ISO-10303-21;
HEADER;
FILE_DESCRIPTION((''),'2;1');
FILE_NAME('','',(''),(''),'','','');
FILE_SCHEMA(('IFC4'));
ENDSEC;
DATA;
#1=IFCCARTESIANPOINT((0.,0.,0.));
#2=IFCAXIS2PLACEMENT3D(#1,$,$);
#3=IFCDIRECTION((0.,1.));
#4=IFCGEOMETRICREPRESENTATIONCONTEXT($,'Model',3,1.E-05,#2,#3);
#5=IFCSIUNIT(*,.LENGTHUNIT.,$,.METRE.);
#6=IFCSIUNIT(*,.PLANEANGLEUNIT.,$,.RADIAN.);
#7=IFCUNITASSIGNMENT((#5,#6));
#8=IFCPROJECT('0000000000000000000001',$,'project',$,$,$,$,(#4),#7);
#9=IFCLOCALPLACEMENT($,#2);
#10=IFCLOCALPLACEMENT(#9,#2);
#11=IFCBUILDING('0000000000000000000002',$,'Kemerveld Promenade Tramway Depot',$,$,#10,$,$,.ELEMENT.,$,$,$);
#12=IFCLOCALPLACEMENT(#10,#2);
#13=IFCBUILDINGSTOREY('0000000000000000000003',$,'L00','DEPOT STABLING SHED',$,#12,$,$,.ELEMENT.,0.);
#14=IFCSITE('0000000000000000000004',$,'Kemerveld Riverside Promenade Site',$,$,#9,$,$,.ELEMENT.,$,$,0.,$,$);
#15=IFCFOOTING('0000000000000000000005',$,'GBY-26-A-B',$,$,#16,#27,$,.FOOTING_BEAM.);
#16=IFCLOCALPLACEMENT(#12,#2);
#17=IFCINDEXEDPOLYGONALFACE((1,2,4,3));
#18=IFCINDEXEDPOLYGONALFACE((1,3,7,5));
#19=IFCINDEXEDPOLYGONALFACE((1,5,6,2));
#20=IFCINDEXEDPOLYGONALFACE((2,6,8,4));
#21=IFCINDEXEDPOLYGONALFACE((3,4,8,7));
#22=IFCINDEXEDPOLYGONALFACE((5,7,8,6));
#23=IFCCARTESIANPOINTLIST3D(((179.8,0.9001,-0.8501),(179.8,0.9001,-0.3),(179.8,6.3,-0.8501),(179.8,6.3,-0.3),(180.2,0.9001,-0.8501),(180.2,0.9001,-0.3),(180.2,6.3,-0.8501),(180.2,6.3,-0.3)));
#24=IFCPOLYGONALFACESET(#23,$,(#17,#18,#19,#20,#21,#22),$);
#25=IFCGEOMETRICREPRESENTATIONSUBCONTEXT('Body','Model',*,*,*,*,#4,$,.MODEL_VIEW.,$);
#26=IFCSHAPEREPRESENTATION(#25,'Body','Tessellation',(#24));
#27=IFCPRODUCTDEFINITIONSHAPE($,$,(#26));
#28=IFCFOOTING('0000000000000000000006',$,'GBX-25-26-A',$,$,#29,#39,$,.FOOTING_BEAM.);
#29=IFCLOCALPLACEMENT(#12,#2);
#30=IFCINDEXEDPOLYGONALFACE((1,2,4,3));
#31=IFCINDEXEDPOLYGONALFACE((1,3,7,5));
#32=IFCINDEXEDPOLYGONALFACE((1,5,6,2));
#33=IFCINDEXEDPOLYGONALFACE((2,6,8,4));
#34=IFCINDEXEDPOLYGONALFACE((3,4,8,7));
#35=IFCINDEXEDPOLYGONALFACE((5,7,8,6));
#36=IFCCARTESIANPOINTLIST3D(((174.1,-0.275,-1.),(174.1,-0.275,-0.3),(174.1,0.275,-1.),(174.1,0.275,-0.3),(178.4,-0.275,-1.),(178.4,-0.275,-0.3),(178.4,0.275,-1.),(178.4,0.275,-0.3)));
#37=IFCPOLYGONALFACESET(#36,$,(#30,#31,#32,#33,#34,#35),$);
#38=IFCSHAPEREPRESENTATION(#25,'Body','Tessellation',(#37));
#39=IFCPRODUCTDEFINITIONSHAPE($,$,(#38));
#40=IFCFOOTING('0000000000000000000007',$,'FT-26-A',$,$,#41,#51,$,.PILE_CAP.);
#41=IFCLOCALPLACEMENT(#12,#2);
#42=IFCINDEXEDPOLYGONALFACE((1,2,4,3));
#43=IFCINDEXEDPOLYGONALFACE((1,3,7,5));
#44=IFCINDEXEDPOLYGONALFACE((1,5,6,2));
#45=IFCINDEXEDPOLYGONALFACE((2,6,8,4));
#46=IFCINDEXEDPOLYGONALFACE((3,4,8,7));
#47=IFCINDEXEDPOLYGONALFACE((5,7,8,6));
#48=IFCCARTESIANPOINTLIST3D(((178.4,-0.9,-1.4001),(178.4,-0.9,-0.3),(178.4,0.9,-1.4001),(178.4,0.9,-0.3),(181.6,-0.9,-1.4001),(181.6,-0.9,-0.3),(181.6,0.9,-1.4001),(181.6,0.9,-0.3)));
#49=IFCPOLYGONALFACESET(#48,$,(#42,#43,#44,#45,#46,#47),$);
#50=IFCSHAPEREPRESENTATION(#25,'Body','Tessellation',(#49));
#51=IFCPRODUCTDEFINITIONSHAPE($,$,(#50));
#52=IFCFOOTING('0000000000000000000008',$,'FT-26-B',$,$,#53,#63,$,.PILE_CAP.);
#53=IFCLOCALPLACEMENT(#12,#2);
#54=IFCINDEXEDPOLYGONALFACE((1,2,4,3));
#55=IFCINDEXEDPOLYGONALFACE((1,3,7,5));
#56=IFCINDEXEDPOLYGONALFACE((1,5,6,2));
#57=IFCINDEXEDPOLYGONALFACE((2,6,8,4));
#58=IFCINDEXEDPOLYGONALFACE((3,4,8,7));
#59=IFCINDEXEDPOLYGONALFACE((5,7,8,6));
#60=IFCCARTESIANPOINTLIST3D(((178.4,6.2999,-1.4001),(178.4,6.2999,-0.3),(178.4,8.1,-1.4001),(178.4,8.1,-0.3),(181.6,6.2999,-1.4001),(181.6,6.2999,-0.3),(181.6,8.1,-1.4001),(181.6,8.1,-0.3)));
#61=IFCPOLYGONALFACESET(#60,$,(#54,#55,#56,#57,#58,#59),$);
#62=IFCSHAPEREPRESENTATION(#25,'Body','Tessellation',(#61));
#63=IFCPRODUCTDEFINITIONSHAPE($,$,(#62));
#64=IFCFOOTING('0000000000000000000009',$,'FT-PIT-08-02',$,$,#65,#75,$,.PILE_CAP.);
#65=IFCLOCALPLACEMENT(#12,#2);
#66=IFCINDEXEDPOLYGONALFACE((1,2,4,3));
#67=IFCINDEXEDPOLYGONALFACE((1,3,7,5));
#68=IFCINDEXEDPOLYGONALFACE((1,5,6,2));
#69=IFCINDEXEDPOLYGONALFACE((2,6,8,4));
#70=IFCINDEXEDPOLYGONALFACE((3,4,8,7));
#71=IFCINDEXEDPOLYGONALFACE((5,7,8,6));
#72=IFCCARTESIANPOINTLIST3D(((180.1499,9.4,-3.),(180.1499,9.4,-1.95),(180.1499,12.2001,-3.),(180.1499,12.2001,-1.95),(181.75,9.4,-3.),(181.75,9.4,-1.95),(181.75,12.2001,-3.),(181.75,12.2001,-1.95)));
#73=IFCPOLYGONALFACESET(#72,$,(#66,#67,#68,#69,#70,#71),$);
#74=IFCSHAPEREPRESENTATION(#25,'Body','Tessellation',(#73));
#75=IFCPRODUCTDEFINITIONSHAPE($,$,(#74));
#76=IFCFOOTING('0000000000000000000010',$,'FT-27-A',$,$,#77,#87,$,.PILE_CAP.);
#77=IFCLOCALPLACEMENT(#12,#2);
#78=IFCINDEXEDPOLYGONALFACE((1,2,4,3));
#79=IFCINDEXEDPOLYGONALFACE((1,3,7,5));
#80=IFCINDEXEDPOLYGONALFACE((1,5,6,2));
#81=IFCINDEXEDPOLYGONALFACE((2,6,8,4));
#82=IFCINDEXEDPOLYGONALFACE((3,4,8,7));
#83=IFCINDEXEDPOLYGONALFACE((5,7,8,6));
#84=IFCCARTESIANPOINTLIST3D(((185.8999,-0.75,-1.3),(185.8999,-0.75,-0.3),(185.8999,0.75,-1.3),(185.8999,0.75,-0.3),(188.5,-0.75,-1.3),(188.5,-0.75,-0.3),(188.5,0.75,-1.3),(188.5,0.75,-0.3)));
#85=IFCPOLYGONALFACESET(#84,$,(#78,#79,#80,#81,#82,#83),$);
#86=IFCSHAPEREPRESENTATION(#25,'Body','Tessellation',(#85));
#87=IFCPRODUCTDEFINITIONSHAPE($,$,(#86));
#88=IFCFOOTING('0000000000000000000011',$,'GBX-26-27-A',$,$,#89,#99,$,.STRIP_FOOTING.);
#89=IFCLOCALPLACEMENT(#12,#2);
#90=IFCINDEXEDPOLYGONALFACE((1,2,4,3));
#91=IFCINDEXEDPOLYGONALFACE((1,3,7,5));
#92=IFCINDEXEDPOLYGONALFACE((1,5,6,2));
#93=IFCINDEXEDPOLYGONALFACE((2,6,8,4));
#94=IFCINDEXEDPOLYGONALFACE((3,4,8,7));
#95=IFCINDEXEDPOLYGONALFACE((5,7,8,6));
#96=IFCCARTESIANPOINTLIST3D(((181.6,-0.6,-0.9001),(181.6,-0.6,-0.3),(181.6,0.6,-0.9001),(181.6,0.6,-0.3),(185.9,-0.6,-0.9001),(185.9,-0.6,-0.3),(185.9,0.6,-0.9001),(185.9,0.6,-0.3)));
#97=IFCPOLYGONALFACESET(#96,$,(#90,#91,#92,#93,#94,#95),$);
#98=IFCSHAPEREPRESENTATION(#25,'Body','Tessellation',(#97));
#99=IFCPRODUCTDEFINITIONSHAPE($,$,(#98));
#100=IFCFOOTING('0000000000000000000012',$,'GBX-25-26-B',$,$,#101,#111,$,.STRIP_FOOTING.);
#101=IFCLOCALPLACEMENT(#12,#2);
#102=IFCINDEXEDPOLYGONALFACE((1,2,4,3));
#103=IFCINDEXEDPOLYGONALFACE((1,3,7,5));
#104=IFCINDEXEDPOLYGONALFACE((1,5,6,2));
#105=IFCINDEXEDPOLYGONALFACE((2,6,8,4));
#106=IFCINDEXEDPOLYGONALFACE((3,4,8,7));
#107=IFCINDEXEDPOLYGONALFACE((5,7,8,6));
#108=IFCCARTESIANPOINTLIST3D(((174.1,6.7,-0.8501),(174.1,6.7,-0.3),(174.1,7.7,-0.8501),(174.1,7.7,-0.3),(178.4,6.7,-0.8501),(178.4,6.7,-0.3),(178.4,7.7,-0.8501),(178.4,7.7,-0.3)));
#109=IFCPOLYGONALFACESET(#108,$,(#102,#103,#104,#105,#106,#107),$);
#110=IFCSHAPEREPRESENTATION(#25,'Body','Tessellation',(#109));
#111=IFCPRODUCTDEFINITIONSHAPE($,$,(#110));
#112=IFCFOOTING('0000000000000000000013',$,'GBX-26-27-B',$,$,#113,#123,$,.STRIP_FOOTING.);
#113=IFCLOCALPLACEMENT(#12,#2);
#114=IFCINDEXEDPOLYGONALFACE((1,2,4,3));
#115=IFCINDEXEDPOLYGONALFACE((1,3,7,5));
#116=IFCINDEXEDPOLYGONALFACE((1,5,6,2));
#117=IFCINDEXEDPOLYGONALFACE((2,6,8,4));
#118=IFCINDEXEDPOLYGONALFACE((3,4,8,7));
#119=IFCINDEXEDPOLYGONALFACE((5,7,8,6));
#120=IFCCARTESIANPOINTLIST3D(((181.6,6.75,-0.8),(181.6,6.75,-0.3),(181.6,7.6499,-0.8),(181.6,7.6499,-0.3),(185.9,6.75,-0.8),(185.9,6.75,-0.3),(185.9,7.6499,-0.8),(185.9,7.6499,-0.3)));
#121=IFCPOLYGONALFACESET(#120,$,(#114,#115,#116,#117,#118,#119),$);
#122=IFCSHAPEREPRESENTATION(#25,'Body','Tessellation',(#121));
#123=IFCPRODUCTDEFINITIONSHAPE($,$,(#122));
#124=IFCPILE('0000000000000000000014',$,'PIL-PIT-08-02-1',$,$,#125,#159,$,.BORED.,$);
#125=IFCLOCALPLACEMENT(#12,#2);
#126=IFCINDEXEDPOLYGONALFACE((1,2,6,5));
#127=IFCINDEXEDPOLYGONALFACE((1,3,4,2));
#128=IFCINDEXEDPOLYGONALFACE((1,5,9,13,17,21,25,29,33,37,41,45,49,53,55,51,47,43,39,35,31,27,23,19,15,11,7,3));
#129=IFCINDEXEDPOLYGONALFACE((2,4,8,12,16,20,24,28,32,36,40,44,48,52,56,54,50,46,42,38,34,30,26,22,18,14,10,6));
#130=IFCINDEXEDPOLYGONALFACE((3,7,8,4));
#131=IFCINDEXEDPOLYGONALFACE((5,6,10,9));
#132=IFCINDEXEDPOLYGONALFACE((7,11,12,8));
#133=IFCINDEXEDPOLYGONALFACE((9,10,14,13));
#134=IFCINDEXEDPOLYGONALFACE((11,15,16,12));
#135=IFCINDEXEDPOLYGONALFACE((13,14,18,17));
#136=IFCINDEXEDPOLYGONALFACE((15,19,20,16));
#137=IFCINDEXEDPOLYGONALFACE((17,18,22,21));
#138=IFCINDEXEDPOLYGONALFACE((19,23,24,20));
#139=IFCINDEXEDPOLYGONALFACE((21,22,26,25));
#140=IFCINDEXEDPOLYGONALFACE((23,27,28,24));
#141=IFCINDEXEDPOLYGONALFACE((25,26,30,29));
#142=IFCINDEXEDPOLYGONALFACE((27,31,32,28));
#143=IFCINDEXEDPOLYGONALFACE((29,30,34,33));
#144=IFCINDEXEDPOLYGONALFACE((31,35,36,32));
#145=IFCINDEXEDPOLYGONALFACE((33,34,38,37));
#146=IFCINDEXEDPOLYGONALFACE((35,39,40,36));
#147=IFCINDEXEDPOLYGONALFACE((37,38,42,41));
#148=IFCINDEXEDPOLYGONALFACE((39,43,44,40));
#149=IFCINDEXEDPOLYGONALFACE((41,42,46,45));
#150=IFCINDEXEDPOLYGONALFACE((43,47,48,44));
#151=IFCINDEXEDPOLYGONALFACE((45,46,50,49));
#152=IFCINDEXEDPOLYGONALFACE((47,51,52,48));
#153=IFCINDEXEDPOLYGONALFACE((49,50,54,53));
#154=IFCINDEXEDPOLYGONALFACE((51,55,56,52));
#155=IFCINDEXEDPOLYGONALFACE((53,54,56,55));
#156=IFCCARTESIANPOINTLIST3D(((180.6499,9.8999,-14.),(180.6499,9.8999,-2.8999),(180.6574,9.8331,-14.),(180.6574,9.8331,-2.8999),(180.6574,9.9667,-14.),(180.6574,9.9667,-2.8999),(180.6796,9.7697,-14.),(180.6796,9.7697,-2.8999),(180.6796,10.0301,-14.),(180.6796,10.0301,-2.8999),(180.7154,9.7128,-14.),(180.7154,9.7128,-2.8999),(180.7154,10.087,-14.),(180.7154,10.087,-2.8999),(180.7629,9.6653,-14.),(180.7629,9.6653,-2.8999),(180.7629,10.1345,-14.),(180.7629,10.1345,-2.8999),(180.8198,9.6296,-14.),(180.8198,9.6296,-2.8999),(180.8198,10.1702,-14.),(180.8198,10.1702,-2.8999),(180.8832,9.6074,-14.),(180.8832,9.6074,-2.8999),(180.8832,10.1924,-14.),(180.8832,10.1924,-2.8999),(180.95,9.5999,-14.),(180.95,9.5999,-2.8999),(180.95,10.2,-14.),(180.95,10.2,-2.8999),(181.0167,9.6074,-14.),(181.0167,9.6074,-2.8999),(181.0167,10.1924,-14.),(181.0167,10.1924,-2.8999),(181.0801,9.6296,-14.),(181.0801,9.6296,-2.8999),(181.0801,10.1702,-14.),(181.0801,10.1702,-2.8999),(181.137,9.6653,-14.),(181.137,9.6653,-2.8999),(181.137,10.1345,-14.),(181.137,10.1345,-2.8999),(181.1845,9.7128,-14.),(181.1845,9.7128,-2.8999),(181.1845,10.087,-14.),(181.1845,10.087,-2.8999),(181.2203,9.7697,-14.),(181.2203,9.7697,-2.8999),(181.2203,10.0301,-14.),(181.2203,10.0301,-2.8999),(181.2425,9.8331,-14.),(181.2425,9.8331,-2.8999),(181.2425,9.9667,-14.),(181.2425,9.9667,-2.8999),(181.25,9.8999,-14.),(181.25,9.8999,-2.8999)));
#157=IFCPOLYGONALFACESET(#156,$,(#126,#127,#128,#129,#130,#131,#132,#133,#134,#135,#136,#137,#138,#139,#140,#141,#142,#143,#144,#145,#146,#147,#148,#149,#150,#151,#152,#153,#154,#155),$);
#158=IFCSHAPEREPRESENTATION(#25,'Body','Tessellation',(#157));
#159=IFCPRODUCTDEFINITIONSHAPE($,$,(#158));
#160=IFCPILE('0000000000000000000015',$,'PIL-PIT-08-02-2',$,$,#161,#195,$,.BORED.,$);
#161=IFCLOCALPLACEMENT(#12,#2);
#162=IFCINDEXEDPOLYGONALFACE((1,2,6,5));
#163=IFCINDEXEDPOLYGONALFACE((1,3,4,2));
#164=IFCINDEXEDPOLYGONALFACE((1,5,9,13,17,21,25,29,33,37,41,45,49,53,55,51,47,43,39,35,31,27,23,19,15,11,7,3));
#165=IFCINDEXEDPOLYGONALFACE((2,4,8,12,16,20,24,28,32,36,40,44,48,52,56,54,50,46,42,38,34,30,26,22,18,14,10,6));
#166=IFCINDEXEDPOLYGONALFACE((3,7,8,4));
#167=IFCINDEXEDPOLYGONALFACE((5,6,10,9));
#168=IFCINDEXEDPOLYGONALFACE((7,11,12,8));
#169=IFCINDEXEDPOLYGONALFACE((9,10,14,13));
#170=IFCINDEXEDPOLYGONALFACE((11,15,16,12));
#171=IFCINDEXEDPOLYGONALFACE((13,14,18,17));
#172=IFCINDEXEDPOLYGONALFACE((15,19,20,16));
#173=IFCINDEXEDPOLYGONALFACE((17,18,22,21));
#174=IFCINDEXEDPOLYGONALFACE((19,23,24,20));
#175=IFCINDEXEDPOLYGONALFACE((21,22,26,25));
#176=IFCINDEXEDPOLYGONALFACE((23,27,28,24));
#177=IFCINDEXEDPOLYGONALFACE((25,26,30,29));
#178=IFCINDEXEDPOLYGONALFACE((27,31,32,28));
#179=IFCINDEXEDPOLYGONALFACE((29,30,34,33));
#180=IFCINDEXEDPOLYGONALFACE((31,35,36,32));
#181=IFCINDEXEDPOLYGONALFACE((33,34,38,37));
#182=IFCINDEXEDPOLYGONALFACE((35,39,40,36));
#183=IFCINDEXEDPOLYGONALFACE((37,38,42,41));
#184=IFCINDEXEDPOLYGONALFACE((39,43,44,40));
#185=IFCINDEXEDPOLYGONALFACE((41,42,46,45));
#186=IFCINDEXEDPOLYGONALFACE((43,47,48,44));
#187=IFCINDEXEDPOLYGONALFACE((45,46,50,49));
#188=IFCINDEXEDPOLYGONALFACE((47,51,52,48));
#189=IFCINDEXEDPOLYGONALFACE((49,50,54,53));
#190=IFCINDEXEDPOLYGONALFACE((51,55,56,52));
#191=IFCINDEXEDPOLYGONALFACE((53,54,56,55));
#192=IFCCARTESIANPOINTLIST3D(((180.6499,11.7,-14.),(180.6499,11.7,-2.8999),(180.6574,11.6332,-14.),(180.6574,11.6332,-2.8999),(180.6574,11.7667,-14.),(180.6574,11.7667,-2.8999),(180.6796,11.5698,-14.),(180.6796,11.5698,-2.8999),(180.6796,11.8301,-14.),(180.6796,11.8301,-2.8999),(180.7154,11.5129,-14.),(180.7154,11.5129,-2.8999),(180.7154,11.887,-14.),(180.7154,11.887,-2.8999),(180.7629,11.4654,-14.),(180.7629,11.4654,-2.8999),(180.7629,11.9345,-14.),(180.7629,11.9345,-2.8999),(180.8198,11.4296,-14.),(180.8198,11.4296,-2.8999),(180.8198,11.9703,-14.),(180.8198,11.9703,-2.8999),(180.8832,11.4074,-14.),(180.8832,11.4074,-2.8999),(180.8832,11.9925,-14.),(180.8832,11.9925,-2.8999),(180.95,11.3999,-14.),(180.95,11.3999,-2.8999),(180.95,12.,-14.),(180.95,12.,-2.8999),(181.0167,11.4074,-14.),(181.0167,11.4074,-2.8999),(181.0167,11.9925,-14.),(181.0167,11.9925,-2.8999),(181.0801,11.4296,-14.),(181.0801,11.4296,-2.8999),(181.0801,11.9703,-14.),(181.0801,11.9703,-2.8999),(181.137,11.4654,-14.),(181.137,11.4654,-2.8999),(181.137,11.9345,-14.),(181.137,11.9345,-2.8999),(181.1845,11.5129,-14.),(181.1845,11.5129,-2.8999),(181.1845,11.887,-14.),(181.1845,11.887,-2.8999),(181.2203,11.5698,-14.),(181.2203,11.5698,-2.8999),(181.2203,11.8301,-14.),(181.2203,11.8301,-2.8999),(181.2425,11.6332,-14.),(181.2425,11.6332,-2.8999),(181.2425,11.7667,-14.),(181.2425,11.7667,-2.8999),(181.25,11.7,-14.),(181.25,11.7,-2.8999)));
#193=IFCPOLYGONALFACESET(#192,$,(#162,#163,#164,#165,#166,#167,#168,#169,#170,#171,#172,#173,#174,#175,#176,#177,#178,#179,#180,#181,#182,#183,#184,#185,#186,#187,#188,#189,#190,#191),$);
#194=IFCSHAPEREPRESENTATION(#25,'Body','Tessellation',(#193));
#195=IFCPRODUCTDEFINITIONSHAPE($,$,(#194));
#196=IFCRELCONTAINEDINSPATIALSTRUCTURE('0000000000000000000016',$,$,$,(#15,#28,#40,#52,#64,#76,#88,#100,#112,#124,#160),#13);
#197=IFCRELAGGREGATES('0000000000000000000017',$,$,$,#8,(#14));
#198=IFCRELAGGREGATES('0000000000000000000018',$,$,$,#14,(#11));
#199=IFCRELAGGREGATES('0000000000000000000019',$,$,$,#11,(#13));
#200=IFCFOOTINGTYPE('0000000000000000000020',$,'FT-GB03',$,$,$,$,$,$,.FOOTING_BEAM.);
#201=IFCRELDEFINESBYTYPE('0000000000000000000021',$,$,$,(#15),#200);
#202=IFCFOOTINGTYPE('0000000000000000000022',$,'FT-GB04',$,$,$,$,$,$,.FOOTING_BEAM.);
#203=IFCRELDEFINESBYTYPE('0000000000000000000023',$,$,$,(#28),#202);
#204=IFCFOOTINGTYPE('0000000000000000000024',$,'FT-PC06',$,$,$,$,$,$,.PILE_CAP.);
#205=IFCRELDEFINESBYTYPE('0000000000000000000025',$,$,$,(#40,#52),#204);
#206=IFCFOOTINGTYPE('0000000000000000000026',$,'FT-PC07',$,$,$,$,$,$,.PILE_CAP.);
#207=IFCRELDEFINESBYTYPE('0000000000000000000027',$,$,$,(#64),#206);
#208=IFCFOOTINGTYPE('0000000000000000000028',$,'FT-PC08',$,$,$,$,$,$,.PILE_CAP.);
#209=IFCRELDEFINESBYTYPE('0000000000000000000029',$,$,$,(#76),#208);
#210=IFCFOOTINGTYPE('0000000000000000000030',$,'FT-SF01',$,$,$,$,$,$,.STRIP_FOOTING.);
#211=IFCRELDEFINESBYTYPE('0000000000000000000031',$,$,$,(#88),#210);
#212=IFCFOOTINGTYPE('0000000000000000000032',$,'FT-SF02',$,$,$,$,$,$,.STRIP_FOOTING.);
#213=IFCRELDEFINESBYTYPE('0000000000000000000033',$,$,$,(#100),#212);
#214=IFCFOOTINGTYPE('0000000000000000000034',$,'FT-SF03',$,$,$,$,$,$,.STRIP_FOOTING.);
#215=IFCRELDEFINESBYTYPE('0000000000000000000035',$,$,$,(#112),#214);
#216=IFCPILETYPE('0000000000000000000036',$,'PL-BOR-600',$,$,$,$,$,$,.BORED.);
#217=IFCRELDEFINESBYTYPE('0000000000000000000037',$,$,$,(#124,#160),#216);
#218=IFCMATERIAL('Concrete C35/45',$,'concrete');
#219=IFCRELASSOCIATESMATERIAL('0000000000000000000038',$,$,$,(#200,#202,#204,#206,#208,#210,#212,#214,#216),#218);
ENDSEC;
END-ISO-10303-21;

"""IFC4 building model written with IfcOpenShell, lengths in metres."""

from ifc_helpers import new_model, si_unit, direction, frame, origin, origin_2d, place, context, subcontext, project, spatial, rectangle, circle, extrude, material, material_profile, profile_set, type_object, element, save


model = new_model("IFC4")

# Units and contexts
model_context = context("Model", 3, precision=1e-05, world=origin(), true_north=direction((0.0, 1.0)))
body_context = subcontext(model_context, "Body", "Model", "MODEL_VIEW")
ifc_project = project(units=[si_unit("LENGTHUNIT", "METRE"), si_unit("PLANEANGLEUNIT", "RADIAN")], contexts=[model_context])

# Site, building, storey
site_placement = place(None, origin())
site = spatial("IfcSite", under=ifc_project, at=site_placement, Name="Kemerveld Riverside Promenade Site", CompositionType="ELEMENT", RefElevation=0.0)
building_placement = place(site_placement, origin())
building = spatial("IfcBuilding", under=site, at=building_placement, Name="Kemerveld Promenade Tramway Depot", CompositionType="ELEMENT")
storey_placement = place(building_placement, origin())
storey = spatial("IfcBuildingStorey", under=building, at=storey_placement, Name="L00", Description="DEPOT STABLING SHED", CompositionType="ELEMENT", Elevation=0.0)

# Footings
ifc_material_1 = material(Name="Concrete C35/45", Category="concrete")
footing_type_1 = type_object("IfcFootingType", Name="FT-GB03", PredefinedType="FOOTING_BEAM", material=ifc_material_1)
footing_1_placement = place(storey_placement, frame((180.0, 3.6001, -0.8501), z_axis=(0.0, 0.0, 1.0), x_axis=(0.0, 1.0, 0.0)))
element("IfcFooting", 1, at=footing_1_placement, inside=storey, type_object=footing_type_1, Name="GBY-26-A-B", PredefinedType="FOOTING_BEAM", context=body_context, shape_type="SweptSolid", body=[
    extrude(rectangle(XDim=5.3999, YDim=0.3999, at=origin_2d()), origin(), (0.0, 0.0, 1.0), 0.55),
])
footing_type_2 = type_object("IfcFootingType", Name="FT-GB04", PredefinedType="FOOTING_BEAM", material=ifc_material_1)
footing_2_placement = place(storey_placement, frame((176.25, 0.0, -1.0), z_axis=(0.0, 0.0, 1.0), x_axis=(1.0, 0.0, 0.0)))
element("IfcFooting", 2, at=footing_2_placement, inside=storey, type_object=footing_type_2, Name="GBX-25-26-A", PredefinedType="FOOTING_BEAM", context=body_context, shape_type="SweptSolid", body=[
    extrude(rectangle(XDim=4.3, YDim=0.55, at=origin_2d()), origin(), (0.0, 0.0, 1.0), 0.7),
])
footing_type_3 = type_object("IfcFootingType", Name="FT-PC06", PredefinedType="PILE_CAP", material=ifc_material_1)
for number, where, z_axis, x_axis, name in (
    (3, (180.0, 0.0, -1.4001), (0.0, 0.0, 1.0), (1.0, 0.0, 0.0), "FT-26-A"),
    (4, (180.0, 7.2, -1.4001), (0.0, 0.0, 1.0), (1.0, 0.0, 0.0), "FT-26-B"),
):
    element("IfcFooting", number, at=place(storey_placement, frame(where, z_axis=z_axis, x_axis=x_axis)), inside=storey, type_object=footing_type_3, Name=name, PredefinedType="PILE_CAP", context=body_context, shape_type="SweptSolid", body=[
        extrude(rectangle(XDim=3.2, YDim=1.8, at=origin_2d()), origin(), (0.0, 0.0, 1.0), 1.1001),
    ])
footing_type_4 = type_object("IfcFootingType", Name="FT-PC07", PredefinedType="PILE_CAP", material=ifc_material_1)
footing_3_placement = place(storey_placement, frame((180.95, 10.8, -3.0), z_axis=(0.0, 0.0, 1.0), x_axis=(1.0, 0.0, 0.0)))
element("IfcFooting", 5, at=footing_3_placement, inside=storey, type_object=footing_type_4, Name="FT-PIT-08-02", PredefinedType="PILE_CAP", context=body_context, shape_type="SweptSolid", body=[
    extrude(rectangle(XDim=1.6001, YDim=2.8, at=origin_2d()), origin(), (0.0, 0.0, 1.0), 1.05),
])
footing_type_5 = type_object("IfcFootingType", Name="FT-PC08", PredefinedType="PILE_CAP", material=ifc_material_1)
footing_4_placement = place(storey_placement, frame((187.2, 0.0, -1.3), z_axis=(0.0, 0.0, 1.0), x_axis=(1.0, 0.0, 0.0)))
element("IfcFooting", 6, at=footing_4_placement, inside=storey, type_object=footing_type_5, Name="FT-27-A", PredefinedType="PILE_CAP", context=body_context, shape_type="SweptSolid", body=[
    extrude(rectangle(XDim=2.6001, YDim=1.5, at=origin_2d()), origin(), (0.0, 0.0, 1.0), 1.0),
])
footing_type_6 = type_object("IfcFootingType", Name="FT-SF01", PredefinedType="STRIP_FOOTING", material=ifc_material_1)
footing_5_placement = place(storey_placement, frame((183.75, 0.0, -0.9001), z_axis=(0.0, 0.0, 1.0), x_axis=(1.0, 0.0, 0.0)))
element("IfcFooting", 7, at=footing_5_placement, inside=storey, type_object=footing_type_6, Name="GBX-26-27-A", PredefinedType="STRIP_FOOTING", context=body_context, shape_type="SweptSolid", body=[
    extrude(rectangle(XDim=4.3, YDim=1.2, at=origin_2d()), origin(), (0.0, 0.0, 1.0), 0.6001),
])
footing_type_7 = type_object("IfcFootingType", Name="FT-SF02", PredefinedType="STRIP_FOOTING", material=ifc_material_1)
footing_6_placement = place(storey_placement, frame((176.25, 7.2, -0.8501), z_axis=(0.0, 0.0, 1.0), x_axis=(1.0, 0.0, 0.0)))
element("IfcFooting", 8, at=footing_6_placement, inside=storey, type_object=footing_type_7, Name="GBX-25-26-B", PredefinedType="STRIP_FOOTING", context=body_context, shape_type="SweptSolid", body=[
    extrude(rectangle(XDim=4.3, YDim=1.0, at=origin_2d()), origin(), (0.0, 0.0, 1.0), 0.55),
])
footing_type_8 = type_object("IfcFootingType", Name="FT-SF03", PredefinedType="STRIP_FOOTING", material=ifc_material_1)
footing_7_placement = place(storey_placement, frame((183.75, 7.2, -0.8), z_axis=(0.0, 0.0, 1.0), x_axis=(1.0, 0.0, 0.0)))
element("IfcFooting", 9, at=footing_7_placement, inside=storey, type_object=footing_type_8, Name="GBX-26-27-B", PredefinedType="STRIP_FOOTING", context=body_context, shape_type="SweptSolid", body=[
    extrude(rectangle(XDim=4.3, YDim=0.8999, at=origin_2d()), origin(), (0.0, 0.0, 1.0), 0.5),
])

# Piles
ifc_material_profile_1 = material_profile(ifc_material_1, circle(Radius=0.3, at=origin_2d()), Name="PILE-D600")
ifc_profile_set_1 = profile_set([ifc_material_profile_1], Name="Concrete C35/45")
pile_type_1 = type_object("IfcPileType", Name="PL-BOR-600", PredefinedType="BORED", material=ifc_profile_set_1)
for number, where, z_axis, x_axis, name in (
    (10, (180.95, 9.8999, -2.8999), (0.0, 0.0, -1.0), (1.0, 0.0, 0.0), "PIL-PIT-08-02-1"),
    (11, (180.95, 11.7, -2.8999), (0.0, 0.0, -1.0), (1.0, 0.0, 0.0), "PIL-PIT-08-02-2"),
):
    element("IfcPile", number, at=place(storey_placement, frame(where, z_axis=z_axis, x_axis=x_axis)), inside=storey, type_object=pile_type_1, Name=name, PredefinedType="BORED", context=body_context, shape_type="SweptSolid", body=[
        extrude(circle(Radius=0.3, at=origin_2d()), origin(), (0.0, 0.0, 1.0), 11.1001),
    ])

save(model, "model.ifc")
